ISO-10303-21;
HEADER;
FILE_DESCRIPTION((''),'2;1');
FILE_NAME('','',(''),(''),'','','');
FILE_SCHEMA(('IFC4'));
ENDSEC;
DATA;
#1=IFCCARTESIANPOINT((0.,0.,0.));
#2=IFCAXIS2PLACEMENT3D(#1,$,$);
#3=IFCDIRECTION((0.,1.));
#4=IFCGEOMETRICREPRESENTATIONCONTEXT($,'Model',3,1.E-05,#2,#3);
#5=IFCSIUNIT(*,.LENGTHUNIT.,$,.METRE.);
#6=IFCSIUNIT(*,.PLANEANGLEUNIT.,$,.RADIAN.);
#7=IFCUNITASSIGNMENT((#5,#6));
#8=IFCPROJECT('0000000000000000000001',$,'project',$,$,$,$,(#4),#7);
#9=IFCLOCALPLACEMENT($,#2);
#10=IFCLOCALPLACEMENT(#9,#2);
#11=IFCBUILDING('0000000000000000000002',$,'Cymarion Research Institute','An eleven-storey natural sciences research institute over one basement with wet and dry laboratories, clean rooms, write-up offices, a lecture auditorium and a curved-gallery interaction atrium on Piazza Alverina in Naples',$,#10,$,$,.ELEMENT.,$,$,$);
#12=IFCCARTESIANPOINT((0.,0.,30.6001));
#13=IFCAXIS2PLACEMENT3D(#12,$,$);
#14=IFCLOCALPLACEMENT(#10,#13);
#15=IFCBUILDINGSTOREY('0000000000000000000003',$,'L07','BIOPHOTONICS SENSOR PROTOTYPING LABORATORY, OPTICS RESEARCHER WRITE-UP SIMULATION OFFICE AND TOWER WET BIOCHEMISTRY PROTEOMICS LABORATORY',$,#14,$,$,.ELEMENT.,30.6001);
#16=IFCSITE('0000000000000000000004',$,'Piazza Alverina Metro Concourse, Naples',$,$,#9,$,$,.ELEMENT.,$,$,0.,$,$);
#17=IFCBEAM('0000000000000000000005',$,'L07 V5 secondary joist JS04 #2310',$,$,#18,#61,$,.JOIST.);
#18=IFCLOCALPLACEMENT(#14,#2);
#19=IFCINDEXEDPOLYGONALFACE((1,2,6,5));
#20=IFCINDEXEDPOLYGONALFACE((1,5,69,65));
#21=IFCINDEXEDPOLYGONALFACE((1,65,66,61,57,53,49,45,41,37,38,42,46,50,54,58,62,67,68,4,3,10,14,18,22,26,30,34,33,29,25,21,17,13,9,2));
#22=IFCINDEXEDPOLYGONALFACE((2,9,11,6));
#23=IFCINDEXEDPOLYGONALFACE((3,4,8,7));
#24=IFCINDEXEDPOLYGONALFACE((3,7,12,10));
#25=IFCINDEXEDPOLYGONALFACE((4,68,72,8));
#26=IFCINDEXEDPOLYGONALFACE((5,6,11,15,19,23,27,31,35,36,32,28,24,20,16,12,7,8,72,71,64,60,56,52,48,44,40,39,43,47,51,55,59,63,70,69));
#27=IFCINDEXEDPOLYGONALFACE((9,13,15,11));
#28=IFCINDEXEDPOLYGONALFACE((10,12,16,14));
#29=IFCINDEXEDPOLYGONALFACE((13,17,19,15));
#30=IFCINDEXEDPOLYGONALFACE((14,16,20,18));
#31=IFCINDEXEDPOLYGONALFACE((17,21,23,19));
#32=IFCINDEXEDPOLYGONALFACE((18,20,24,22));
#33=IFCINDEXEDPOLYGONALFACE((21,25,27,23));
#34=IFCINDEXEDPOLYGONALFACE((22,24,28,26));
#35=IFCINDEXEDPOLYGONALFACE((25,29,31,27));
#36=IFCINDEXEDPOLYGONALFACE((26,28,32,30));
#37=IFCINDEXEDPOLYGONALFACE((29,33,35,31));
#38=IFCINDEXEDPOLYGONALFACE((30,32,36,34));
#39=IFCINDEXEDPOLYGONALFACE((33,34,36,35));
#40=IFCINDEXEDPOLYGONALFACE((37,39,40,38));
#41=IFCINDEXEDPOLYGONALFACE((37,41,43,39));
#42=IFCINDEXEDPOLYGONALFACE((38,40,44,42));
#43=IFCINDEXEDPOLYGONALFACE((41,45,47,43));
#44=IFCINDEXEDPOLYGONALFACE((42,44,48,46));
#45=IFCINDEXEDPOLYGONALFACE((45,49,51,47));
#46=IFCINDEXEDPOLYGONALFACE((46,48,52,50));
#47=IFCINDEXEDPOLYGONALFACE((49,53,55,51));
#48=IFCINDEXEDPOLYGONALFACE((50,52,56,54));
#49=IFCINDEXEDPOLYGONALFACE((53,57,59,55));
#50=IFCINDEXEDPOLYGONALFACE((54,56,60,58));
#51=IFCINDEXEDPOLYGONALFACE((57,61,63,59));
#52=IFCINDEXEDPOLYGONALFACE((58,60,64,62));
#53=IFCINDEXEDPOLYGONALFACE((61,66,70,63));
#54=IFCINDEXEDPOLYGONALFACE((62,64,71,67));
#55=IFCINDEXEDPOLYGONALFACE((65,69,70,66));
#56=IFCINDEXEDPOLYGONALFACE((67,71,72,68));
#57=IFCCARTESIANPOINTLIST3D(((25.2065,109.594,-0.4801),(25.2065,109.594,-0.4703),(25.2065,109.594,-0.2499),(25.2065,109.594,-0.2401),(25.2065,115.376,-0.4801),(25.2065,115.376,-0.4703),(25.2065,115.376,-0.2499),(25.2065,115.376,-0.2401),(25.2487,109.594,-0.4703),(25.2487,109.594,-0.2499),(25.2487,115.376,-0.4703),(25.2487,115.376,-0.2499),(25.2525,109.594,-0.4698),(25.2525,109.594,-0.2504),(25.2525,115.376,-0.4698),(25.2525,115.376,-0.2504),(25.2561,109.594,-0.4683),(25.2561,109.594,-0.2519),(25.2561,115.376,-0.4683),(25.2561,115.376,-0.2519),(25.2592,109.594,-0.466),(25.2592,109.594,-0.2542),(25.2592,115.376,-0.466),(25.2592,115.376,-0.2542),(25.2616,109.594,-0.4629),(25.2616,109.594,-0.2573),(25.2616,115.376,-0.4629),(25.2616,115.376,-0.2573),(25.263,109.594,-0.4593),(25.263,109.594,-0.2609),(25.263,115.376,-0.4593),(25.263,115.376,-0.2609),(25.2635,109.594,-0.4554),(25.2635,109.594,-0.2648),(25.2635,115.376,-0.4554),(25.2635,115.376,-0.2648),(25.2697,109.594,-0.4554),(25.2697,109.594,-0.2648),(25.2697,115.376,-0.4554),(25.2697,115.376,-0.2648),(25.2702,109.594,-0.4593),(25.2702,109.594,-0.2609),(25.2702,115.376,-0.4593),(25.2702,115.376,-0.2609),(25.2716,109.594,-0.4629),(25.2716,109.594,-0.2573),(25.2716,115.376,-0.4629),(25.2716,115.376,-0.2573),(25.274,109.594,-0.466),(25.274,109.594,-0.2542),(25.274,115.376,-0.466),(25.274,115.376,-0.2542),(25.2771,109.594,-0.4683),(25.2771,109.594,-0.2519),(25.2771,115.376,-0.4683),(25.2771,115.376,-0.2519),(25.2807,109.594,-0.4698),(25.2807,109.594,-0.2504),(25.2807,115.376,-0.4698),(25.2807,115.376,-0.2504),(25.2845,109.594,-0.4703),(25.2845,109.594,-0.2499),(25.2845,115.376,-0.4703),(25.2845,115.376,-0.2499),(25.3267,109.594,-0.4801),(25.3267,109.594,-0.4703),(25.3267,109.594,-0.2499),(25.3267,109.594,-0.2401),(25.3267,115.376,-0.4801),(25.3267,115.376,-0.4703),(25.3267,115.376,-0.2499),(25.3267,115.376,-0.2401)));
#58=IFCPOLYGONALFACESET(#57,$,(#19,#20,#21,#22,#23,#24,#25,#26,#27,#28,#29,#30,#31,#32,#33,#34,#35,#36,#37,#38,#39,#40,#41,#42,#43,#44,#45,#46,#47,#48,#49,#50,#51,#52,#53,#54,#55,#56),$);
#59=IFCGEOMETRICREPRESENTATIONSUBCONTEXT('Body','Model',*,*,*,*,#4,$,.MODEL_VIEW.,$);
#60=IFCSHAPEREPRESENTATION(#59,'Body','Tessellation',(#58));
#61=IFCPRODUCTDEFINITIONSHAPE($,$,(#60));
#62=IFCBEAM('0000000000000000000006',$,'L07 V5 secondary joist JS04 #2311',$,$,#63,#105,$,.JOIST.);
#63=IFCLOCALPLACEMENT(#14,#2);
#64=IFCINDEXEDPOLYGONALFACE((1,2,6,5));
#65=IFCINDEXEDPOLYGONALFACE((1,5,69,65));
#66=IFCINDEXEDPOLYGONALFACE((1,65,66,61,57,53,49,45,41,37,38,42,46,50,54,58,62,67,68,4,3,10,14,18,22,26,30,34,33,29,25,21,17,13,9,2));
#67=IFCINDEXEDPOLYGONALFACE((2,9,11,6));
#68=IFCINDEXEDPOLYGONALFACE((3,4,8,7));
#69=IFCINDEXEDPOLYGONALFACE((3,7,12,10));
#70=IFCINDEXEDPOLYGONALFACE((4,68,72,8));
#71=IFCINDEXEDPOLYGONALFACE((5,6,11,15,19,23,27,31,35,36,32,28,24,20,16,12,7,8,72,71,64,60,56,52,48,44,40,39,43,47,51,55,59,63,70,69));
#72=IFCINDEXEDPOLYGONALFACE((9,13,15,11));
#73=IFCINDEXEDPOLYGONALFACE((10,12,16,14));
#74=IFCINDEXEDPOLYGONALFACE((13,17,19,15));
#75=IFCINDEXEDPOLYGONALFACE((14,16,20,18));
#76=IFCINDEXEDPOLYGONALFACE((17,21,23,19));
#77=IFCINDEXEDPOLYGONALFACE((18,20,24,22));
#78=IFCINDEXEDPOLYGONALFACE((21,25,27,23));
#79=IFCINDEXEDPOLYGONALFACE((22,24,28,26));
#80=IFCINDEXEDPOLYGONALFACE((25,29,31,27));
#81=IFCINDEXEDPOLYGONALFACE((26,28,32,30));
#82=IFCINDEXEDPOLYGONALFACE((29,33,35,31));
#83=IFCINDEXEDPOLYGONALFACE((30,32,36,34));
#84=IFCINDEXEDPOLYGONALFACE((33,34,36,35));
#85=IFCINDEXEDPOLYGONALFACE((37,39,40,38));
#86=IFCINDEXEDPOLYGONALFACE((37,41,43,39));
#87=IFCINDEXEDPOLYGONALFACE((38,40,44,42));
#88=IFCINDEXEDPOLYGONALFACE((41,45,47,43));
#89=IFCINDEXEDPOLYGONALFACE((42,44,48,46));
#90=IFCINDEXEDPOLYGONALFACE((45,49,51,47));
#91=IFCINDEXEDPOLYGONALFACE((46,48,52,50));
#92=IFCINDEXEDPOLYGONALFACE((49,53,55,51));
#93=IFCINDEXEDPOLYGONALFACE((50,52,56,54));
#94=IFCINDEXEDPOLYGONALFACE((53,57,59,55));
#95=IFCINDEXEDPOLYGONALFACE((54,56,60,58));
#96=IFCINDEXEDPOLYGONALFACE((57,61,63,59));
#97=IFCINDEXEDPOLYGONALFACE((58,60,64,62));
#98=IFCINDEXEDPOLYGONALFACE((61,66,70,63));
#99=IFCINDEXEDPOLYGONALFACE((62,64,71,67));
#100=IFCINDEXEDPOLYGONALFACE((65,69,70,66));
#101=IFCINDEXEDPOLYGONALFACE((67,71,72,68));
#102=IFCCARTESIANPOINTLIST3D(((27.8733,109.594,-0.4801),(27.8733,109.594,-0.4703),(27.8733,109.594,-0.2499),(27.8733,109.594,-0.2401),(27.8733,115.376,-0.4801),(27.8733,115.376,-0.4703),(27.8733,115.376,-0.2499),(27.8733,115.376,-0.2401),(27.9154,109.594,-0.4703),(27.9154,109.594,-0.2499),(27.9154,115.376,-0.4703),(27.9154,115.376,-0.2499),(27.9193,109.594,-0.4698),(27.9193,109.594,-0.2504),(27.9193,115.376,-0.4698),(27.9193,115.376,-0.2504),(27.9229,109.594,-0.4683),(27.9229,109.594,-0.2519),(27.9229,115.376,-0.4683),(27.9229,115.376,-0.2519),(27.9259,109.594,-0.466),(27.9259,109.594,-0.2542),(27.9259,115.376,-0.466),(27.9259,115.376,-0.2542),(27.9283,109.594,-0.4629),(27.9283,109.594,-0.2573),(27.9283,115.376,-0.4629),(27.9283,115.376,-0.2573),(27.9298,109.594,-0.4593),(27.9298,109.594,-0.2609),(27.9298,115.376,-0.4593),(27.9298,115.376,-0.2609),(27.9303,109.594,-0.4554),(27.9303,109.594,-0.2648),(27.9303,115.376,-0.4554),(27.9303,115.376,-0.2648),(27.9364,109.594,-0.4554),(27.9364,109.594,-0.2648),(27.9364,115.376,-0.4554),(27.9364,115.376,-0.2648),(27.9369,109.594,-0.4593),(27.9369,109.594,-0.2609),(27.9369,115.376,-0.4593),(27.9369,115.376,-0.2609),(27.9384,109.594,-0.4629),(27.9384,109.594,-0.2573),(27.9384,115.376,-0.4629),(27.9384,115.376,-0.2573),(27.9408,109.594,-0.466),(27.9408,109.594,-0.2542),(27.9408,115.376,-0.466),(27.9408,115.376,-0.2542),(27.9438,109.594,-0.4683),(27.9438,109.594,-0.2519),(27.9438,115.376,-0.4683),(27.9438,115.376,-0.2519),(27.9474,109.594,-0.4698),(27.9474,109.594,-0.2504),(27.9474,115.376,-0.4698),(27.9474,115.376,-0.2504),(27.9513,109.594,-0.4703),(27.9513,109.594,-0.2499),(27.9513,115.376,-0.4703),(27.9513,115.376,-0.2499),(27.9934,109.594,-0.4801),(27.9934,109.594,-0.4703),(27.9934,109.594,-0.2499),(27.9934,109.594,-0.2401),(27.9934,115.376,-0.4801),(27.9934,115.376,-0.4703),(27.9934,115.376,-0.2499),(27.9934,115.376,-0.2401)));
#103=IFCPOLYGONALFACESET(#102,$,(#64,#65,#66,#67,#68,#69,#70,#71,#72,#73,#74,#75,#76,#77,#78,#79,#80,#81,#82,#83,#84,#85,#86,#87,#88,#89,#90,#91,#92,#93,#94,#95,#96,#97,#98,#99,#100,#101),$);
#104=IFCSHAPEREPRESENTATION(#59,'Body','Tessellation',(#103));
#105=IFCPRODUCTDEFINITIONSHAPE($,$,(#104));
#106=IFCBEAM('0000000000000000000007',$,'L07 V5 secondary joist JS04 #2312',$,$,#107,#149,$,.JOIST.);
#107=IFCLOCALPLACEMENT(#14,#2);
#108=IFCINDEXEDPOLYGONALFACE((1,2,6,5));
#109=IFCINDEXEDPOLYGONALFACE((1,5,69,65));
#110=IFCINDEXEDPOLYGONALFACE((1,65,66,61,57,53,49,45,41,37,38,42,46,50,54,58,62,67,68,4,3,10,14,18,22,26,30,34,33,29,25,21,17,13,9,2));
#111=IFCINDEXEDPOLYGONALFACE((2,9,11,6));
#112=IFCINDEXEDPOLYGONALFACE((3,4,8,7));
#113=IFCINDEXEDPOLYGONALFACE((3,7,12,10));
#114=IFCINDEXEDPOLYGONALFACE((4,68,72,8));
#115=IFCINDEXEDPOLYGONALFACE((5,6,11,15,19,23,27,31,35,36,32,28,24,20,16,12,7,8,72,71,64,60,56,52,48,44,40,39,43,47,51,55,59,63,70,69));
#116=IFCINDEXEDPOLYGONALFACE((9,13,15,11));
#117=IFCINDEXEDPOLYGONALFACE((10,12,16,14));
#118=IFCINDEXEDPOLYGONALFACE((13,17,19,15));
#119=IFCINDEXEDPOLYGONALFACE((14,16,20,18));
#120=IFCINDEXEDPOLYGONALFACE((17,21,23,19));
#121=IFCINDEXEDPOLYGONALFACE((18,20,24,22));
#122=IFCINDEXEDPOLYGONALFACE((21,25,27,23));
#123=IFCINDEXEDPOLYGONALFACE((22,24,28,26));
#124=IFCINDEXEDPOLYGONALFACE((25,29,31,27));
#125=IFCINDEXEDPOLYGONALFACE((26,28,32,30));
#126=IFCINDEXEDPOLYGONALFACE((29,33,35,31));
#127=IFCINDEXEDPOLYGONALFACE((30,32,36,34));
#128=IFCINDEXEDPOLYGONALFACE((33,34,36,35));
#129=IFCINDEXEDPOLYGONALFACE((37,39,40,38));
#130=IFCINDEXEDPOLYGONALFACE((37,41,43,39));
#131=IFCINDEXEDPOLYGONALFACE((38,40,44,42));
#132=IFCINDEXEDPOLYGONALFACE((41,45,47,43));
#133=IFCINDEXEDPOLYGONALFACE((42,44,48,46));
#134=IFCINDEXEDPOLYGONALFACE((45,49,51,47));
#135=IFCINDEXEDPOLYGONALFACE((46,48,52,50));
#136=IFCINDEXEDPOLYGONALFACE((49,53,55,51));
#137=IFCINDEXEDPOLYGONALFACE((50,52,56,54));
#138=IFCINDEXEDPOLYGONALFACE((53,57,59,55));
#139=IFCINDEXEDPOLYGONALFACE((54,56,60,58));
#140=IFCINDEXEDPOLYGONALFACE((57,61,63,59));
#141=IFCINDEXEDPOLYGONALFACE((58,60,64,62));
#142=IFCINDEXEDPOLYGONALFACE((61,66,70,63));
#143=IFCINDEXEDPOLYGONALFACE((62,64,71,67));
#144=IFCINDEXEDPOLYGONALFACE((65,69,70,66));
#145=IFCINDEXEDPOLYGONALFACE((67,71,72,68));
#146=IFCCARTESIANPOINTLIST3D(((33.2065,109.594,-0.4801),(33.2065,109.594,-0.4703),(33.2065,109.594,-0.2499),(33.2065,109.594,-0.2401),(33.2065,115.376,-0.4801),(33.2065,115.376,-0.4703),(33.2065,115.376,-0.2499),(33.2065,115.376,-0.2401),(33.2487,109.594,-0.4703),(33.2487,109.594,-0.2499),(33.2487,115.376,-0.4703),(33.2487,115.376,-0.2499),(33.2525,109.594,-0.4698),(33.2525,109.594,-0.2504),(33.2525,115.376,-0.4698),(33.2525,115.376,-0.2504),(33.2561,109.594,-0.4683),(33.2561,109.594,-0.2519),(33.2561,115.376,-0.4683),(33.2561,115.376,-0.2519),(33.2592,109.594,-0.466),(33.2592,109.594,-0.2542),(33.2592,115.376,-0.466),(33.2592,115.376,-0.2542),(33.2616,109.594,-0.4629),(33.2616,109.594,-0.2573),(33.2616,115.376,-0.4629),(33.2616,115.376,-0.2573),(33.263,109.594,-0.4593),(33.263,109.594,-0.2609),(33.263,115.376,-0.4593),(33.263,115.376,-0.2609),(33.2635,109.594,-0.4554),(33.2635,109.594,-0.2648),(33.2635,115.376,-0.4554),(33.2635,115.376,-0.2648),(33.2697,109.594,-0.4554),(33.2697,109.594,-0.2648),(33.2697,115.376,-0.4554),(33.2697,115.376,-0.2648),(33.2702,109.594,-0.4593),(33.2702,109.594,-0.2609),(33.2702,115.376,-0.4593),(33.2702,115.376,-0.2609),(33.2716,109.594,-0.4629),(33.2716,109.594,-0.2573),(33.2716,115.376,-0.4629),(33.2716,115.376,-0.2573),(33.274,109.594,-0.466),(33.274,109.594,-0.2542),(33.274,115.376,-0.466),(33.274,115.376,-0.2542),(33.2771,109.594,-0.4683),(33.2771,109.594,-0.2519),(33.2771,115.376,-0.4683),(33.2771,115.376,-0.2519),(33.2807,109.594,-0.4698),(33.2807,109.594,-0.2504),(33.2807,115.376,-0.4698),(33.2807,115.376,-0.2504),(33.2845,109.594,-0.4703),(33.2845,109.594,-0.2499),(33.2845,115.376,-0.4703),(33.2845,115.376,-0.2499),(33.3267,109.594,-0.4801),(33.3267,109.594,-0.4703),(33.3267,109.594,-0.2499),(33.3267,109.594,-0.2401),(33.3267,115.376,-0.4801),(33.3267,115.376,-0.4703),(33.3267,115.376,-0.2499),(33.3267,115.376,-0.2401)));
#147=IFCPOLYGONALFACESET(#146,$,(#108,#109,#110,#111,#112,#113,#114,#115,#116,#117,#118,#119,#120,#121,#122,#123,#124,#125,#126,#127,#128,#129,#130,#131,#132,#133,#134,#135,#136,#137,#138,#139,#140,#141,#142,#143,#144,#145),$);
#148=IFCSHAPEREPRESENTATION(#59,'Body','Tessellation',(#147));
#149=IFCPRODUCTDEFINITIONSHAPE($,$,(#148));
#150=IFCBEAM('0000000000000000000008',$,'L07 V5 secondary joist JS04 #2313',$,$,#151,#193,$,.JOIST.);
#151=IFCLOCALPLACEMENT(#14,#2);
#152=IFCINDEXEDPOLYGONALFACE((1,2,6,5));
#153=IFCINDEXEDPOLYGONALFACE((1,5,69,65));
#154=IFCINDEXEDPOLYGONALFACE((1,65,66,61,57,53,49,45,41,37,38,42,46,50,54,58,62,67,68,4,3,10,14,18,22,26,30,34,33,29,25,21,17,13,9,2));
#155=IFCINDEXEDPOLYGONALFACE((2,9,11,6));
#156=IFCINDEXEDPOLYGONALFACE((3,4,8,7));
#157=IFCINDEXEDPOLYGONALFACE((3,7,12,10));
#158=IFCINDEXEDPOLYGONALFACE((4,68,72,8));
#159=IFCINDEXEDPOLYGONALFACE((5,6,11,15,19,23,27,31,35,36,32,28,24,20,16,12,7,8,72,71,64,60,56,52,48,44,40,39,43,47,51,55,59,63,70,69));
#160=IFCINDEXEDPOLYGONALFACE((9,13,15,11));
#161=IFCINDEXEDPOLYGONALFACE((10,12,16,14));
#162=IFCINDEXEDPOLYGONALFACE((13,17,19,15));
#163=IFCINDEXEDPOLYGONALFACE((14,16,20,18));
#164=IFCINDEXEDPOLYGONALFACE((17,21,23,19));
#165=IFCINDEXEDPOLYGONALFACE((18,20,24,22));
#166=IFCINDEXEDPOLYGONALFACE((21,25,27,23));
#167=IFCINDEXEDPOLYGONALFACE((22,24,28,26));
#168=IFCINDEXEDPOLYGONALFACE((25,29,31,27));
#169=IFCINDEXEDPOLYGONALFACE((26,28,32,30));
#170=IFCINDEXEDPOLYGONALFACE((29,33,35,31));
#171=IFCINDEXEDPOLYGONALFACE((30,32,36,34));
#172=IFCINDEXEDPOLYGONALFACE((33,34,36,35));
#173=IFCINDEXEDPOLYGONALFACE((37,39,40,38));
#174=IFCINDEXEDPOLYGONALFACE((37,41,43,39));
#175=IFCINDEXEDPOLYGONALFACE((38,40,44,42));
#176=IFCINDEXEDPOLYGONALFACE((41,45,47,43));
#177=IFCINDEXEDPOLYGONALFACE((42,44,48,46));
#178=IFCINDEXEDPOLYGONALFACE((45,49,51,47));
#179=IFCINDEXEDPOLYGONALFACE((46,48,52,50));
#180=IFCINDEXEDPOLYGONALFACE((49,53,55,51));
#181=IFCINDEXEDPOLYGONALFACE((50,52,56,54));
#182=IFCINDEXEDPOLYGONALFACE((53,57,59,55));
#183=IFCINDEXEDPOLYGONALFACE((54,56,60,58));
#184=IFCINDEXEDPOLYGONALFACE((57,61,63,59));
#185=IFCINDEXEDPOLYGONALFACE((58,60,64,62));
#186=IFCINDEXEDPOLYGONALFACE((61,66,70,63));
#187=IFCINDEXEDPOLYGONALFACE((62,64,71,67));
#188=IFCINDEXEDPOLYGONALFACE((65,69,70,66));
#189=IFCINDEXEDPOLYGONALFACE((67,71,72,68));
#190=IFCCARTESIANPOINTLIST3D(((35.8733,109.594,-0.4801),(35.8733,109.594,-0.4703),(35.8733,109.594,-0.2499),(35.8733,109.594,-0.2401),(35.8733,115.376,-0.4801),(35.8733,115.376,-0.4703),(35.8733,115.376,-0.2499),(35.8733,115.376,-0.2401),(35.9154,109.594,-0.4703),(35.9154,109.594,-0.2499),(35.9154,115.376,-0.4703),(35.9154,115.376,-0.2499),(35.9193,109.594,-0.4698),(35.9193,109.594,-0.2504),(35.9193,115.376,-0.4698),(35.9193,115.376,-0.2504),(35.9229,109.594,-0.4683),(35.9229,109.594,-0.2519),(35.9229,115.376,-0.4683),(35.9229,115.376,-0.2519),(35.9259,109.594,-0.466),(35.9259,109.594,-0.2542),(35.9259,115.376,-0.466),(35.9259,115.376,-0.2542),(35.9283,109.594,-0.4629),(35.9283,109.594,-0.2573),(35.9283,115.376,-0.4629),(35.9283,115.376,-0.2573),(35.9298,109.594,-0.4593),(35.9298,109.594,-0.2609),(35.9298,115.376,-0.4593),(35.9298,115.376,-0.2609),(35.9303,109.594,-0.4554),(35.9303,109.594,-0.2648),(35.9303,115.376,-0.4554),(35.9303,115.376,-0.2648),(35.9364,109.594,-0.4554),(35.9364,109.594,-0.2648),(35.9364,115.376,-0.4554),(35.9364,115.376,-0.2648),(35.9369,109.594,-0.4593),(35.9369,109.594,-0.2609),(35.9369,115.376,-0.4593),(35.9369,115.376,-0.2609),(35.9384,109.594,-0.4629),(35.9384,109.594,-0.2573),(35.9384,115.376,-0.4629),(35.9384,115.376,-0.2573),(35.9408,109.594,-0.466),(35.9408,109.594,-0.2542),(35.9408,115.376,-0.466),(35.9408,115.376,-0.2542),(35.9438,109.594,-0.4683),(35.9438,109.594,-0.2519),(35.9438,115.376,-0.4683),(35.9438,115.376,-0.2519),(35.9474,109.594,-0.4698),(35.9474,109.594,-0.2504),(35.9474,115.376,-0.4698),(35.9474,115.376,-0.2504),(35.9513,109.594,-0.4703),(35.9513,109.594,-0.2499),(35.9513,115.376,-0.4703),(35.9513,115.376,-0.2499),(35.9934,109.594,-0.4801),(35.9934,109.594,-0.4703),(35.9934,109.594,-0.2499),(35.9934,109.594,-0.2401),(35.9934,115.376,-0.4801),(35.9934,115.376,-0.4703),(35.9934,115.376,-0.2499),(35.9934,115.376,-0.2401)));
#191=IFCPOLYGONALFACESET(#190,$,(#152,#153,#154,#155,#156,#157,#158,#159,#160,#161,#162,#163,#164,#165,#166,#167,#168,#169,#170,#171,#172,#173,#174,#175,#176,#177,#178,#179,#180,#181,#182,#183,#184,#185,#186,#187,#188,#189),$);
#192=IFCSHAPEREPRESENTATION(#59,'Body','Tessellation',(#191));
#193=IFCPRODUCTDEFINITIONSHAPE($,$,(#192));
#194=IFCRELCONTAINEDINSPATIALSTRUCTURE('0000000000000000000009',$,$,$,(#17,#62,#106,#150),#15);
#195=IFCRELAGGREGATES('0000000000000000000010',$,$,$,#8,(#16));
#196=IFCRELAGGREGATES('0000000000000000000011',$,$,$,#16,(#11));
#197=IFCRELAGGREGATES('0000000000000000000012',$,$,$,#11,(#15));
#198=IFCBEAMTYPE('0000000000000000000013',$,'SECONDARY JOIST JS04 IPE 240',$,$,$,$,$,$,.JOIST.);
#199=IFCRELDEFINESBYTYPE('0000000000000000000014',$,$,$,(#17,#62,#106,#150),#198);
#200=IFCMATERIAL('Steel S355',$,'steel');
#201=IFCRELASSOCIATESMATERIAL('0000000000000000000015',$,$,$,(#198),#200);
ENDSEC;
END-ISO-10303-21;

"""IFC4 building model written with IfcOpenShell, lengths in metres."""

from ifc_helpers import new_model, si_unit, direction, frame, origin, origin_2d, place, context, subcontext, project, spatial, i_section, extrude, material, material_profile, profile_set, type_object, element, save


model = new_model("IFC4")

# Units and contexts
model_context = context("Model", 3, precision=1e-05, world=origin(), true_north=direction((0.0, 1.0)))
body_context = subcontext(model_context, "Body", "Model", "MODEL_VIEW")
ifc_project = project(units=[si_unit("LENGTHUNIT", "METRE"), si_unit("PLANEANGLEUNIT", "RADIAN")], contexts=[model_context])

# Site, building, storey
site_placement = place(None, origin())
site = spatial("IfcSite", under=ifc_project, at=site_placement, Name="Piazza Alverina Metro Concourse, Naples", CompositionType="ELEMENT", RefElevation=0.0)
building_placement = place(site_placement, origin())
building = spatial("IfcBuilding", under=site, at=building_placement, Name="Cymarion Research Institute", Description="An eleven-storey natural sciences research institute over one basement with wet and dry laboratories, clean rooms, write-up offices, a lecture auditorium and a curved-gallery interaction atrium on Piazza Alverina in Naples", CompositionType="ELEMENT")
storey_placement = place(building_placement, frame((0.0, 0.0, 30.6001)))
storey = spatial("IfcBuildingStorey", under=building, at=storey_placement, Name="L07", Description="BIOPHOTONICS SENSOR PROTOTYPING LABORATORY, OPTICS RESEARCHER WRITE-UP SIMULATION OFFICE AND TOWER WET BIOCHEMISTRY PROTEOMICS LABORATORY", CompositionType="ELEMENT", Elevation=30.6001)

# Beams
ifc_material_1 = material(Name="Steel S355", Category="steel")
ifc_material_profile_1 = material_profile(ifc_material_1, i_section(OverallWidth=0.1201, OverallDepth=0.24, WebThickness=0.0061, FlangeThickness=0.0098, FilletRadius=0.0149, at=origin_2d()), Name="IPE 240")
ifc_profile_set_1 = profile_set([ifc_material_profile_1], Name="Steel S355")
beam_type_1 = type_object("IfcBeamType", Name="SECONDARY JOIST JS04 IPE 240", PredefinedType="JOIST", material=ifc_profile_set_1)
for number, where, z_axis, x_axis, name in (
    (1, (25.2666, 109.594, -0.3601), (0.0, 1.0, 0.0), (-1.0, 0.0, 0.0), "L07 V5 secondary joist JS04 #2310"),
    (2, (27.9333, 109.594, -0.3601), (0.0, 1.0, 0.0), (-1.0, 0.0, 0.0), "L07 V5 secondary joist JS04 #2311"),
    (3, (33.2666, 109.594, -0.3601), (0.0, 1.0, 0.0), (-1.0, 0.0, 0.0), "L07 V5 secondary joist JS04 #2312"),
    (4, (35.9333, 109.594, -0.3601), (0.0, 1.0, 0.0), (-1.0, 0.0, 0.0), "L07 V5 secondary joist JS04 #2313"),
):
    element("IfcBeam", number, at=place(storey_placement, frame(where, z_axis=z_axis, x_axis=x_axis)), inside=storey, type_object=beam_type_1, Name=name, PredefinedType="JOIST", context=body_context, shape_type="SweptSolid", body=[
        extrude(i_section(OverallWidth=0.1201, OverallDepth=0.24, WebThickness=0.0061, FlangeThickness=0.0098, FilletRadius=0.0149, at=origin_2d()), origin(), (0.0, 0.0, 1.0), 5.782),
    ])

save(model, "model.ifc")
